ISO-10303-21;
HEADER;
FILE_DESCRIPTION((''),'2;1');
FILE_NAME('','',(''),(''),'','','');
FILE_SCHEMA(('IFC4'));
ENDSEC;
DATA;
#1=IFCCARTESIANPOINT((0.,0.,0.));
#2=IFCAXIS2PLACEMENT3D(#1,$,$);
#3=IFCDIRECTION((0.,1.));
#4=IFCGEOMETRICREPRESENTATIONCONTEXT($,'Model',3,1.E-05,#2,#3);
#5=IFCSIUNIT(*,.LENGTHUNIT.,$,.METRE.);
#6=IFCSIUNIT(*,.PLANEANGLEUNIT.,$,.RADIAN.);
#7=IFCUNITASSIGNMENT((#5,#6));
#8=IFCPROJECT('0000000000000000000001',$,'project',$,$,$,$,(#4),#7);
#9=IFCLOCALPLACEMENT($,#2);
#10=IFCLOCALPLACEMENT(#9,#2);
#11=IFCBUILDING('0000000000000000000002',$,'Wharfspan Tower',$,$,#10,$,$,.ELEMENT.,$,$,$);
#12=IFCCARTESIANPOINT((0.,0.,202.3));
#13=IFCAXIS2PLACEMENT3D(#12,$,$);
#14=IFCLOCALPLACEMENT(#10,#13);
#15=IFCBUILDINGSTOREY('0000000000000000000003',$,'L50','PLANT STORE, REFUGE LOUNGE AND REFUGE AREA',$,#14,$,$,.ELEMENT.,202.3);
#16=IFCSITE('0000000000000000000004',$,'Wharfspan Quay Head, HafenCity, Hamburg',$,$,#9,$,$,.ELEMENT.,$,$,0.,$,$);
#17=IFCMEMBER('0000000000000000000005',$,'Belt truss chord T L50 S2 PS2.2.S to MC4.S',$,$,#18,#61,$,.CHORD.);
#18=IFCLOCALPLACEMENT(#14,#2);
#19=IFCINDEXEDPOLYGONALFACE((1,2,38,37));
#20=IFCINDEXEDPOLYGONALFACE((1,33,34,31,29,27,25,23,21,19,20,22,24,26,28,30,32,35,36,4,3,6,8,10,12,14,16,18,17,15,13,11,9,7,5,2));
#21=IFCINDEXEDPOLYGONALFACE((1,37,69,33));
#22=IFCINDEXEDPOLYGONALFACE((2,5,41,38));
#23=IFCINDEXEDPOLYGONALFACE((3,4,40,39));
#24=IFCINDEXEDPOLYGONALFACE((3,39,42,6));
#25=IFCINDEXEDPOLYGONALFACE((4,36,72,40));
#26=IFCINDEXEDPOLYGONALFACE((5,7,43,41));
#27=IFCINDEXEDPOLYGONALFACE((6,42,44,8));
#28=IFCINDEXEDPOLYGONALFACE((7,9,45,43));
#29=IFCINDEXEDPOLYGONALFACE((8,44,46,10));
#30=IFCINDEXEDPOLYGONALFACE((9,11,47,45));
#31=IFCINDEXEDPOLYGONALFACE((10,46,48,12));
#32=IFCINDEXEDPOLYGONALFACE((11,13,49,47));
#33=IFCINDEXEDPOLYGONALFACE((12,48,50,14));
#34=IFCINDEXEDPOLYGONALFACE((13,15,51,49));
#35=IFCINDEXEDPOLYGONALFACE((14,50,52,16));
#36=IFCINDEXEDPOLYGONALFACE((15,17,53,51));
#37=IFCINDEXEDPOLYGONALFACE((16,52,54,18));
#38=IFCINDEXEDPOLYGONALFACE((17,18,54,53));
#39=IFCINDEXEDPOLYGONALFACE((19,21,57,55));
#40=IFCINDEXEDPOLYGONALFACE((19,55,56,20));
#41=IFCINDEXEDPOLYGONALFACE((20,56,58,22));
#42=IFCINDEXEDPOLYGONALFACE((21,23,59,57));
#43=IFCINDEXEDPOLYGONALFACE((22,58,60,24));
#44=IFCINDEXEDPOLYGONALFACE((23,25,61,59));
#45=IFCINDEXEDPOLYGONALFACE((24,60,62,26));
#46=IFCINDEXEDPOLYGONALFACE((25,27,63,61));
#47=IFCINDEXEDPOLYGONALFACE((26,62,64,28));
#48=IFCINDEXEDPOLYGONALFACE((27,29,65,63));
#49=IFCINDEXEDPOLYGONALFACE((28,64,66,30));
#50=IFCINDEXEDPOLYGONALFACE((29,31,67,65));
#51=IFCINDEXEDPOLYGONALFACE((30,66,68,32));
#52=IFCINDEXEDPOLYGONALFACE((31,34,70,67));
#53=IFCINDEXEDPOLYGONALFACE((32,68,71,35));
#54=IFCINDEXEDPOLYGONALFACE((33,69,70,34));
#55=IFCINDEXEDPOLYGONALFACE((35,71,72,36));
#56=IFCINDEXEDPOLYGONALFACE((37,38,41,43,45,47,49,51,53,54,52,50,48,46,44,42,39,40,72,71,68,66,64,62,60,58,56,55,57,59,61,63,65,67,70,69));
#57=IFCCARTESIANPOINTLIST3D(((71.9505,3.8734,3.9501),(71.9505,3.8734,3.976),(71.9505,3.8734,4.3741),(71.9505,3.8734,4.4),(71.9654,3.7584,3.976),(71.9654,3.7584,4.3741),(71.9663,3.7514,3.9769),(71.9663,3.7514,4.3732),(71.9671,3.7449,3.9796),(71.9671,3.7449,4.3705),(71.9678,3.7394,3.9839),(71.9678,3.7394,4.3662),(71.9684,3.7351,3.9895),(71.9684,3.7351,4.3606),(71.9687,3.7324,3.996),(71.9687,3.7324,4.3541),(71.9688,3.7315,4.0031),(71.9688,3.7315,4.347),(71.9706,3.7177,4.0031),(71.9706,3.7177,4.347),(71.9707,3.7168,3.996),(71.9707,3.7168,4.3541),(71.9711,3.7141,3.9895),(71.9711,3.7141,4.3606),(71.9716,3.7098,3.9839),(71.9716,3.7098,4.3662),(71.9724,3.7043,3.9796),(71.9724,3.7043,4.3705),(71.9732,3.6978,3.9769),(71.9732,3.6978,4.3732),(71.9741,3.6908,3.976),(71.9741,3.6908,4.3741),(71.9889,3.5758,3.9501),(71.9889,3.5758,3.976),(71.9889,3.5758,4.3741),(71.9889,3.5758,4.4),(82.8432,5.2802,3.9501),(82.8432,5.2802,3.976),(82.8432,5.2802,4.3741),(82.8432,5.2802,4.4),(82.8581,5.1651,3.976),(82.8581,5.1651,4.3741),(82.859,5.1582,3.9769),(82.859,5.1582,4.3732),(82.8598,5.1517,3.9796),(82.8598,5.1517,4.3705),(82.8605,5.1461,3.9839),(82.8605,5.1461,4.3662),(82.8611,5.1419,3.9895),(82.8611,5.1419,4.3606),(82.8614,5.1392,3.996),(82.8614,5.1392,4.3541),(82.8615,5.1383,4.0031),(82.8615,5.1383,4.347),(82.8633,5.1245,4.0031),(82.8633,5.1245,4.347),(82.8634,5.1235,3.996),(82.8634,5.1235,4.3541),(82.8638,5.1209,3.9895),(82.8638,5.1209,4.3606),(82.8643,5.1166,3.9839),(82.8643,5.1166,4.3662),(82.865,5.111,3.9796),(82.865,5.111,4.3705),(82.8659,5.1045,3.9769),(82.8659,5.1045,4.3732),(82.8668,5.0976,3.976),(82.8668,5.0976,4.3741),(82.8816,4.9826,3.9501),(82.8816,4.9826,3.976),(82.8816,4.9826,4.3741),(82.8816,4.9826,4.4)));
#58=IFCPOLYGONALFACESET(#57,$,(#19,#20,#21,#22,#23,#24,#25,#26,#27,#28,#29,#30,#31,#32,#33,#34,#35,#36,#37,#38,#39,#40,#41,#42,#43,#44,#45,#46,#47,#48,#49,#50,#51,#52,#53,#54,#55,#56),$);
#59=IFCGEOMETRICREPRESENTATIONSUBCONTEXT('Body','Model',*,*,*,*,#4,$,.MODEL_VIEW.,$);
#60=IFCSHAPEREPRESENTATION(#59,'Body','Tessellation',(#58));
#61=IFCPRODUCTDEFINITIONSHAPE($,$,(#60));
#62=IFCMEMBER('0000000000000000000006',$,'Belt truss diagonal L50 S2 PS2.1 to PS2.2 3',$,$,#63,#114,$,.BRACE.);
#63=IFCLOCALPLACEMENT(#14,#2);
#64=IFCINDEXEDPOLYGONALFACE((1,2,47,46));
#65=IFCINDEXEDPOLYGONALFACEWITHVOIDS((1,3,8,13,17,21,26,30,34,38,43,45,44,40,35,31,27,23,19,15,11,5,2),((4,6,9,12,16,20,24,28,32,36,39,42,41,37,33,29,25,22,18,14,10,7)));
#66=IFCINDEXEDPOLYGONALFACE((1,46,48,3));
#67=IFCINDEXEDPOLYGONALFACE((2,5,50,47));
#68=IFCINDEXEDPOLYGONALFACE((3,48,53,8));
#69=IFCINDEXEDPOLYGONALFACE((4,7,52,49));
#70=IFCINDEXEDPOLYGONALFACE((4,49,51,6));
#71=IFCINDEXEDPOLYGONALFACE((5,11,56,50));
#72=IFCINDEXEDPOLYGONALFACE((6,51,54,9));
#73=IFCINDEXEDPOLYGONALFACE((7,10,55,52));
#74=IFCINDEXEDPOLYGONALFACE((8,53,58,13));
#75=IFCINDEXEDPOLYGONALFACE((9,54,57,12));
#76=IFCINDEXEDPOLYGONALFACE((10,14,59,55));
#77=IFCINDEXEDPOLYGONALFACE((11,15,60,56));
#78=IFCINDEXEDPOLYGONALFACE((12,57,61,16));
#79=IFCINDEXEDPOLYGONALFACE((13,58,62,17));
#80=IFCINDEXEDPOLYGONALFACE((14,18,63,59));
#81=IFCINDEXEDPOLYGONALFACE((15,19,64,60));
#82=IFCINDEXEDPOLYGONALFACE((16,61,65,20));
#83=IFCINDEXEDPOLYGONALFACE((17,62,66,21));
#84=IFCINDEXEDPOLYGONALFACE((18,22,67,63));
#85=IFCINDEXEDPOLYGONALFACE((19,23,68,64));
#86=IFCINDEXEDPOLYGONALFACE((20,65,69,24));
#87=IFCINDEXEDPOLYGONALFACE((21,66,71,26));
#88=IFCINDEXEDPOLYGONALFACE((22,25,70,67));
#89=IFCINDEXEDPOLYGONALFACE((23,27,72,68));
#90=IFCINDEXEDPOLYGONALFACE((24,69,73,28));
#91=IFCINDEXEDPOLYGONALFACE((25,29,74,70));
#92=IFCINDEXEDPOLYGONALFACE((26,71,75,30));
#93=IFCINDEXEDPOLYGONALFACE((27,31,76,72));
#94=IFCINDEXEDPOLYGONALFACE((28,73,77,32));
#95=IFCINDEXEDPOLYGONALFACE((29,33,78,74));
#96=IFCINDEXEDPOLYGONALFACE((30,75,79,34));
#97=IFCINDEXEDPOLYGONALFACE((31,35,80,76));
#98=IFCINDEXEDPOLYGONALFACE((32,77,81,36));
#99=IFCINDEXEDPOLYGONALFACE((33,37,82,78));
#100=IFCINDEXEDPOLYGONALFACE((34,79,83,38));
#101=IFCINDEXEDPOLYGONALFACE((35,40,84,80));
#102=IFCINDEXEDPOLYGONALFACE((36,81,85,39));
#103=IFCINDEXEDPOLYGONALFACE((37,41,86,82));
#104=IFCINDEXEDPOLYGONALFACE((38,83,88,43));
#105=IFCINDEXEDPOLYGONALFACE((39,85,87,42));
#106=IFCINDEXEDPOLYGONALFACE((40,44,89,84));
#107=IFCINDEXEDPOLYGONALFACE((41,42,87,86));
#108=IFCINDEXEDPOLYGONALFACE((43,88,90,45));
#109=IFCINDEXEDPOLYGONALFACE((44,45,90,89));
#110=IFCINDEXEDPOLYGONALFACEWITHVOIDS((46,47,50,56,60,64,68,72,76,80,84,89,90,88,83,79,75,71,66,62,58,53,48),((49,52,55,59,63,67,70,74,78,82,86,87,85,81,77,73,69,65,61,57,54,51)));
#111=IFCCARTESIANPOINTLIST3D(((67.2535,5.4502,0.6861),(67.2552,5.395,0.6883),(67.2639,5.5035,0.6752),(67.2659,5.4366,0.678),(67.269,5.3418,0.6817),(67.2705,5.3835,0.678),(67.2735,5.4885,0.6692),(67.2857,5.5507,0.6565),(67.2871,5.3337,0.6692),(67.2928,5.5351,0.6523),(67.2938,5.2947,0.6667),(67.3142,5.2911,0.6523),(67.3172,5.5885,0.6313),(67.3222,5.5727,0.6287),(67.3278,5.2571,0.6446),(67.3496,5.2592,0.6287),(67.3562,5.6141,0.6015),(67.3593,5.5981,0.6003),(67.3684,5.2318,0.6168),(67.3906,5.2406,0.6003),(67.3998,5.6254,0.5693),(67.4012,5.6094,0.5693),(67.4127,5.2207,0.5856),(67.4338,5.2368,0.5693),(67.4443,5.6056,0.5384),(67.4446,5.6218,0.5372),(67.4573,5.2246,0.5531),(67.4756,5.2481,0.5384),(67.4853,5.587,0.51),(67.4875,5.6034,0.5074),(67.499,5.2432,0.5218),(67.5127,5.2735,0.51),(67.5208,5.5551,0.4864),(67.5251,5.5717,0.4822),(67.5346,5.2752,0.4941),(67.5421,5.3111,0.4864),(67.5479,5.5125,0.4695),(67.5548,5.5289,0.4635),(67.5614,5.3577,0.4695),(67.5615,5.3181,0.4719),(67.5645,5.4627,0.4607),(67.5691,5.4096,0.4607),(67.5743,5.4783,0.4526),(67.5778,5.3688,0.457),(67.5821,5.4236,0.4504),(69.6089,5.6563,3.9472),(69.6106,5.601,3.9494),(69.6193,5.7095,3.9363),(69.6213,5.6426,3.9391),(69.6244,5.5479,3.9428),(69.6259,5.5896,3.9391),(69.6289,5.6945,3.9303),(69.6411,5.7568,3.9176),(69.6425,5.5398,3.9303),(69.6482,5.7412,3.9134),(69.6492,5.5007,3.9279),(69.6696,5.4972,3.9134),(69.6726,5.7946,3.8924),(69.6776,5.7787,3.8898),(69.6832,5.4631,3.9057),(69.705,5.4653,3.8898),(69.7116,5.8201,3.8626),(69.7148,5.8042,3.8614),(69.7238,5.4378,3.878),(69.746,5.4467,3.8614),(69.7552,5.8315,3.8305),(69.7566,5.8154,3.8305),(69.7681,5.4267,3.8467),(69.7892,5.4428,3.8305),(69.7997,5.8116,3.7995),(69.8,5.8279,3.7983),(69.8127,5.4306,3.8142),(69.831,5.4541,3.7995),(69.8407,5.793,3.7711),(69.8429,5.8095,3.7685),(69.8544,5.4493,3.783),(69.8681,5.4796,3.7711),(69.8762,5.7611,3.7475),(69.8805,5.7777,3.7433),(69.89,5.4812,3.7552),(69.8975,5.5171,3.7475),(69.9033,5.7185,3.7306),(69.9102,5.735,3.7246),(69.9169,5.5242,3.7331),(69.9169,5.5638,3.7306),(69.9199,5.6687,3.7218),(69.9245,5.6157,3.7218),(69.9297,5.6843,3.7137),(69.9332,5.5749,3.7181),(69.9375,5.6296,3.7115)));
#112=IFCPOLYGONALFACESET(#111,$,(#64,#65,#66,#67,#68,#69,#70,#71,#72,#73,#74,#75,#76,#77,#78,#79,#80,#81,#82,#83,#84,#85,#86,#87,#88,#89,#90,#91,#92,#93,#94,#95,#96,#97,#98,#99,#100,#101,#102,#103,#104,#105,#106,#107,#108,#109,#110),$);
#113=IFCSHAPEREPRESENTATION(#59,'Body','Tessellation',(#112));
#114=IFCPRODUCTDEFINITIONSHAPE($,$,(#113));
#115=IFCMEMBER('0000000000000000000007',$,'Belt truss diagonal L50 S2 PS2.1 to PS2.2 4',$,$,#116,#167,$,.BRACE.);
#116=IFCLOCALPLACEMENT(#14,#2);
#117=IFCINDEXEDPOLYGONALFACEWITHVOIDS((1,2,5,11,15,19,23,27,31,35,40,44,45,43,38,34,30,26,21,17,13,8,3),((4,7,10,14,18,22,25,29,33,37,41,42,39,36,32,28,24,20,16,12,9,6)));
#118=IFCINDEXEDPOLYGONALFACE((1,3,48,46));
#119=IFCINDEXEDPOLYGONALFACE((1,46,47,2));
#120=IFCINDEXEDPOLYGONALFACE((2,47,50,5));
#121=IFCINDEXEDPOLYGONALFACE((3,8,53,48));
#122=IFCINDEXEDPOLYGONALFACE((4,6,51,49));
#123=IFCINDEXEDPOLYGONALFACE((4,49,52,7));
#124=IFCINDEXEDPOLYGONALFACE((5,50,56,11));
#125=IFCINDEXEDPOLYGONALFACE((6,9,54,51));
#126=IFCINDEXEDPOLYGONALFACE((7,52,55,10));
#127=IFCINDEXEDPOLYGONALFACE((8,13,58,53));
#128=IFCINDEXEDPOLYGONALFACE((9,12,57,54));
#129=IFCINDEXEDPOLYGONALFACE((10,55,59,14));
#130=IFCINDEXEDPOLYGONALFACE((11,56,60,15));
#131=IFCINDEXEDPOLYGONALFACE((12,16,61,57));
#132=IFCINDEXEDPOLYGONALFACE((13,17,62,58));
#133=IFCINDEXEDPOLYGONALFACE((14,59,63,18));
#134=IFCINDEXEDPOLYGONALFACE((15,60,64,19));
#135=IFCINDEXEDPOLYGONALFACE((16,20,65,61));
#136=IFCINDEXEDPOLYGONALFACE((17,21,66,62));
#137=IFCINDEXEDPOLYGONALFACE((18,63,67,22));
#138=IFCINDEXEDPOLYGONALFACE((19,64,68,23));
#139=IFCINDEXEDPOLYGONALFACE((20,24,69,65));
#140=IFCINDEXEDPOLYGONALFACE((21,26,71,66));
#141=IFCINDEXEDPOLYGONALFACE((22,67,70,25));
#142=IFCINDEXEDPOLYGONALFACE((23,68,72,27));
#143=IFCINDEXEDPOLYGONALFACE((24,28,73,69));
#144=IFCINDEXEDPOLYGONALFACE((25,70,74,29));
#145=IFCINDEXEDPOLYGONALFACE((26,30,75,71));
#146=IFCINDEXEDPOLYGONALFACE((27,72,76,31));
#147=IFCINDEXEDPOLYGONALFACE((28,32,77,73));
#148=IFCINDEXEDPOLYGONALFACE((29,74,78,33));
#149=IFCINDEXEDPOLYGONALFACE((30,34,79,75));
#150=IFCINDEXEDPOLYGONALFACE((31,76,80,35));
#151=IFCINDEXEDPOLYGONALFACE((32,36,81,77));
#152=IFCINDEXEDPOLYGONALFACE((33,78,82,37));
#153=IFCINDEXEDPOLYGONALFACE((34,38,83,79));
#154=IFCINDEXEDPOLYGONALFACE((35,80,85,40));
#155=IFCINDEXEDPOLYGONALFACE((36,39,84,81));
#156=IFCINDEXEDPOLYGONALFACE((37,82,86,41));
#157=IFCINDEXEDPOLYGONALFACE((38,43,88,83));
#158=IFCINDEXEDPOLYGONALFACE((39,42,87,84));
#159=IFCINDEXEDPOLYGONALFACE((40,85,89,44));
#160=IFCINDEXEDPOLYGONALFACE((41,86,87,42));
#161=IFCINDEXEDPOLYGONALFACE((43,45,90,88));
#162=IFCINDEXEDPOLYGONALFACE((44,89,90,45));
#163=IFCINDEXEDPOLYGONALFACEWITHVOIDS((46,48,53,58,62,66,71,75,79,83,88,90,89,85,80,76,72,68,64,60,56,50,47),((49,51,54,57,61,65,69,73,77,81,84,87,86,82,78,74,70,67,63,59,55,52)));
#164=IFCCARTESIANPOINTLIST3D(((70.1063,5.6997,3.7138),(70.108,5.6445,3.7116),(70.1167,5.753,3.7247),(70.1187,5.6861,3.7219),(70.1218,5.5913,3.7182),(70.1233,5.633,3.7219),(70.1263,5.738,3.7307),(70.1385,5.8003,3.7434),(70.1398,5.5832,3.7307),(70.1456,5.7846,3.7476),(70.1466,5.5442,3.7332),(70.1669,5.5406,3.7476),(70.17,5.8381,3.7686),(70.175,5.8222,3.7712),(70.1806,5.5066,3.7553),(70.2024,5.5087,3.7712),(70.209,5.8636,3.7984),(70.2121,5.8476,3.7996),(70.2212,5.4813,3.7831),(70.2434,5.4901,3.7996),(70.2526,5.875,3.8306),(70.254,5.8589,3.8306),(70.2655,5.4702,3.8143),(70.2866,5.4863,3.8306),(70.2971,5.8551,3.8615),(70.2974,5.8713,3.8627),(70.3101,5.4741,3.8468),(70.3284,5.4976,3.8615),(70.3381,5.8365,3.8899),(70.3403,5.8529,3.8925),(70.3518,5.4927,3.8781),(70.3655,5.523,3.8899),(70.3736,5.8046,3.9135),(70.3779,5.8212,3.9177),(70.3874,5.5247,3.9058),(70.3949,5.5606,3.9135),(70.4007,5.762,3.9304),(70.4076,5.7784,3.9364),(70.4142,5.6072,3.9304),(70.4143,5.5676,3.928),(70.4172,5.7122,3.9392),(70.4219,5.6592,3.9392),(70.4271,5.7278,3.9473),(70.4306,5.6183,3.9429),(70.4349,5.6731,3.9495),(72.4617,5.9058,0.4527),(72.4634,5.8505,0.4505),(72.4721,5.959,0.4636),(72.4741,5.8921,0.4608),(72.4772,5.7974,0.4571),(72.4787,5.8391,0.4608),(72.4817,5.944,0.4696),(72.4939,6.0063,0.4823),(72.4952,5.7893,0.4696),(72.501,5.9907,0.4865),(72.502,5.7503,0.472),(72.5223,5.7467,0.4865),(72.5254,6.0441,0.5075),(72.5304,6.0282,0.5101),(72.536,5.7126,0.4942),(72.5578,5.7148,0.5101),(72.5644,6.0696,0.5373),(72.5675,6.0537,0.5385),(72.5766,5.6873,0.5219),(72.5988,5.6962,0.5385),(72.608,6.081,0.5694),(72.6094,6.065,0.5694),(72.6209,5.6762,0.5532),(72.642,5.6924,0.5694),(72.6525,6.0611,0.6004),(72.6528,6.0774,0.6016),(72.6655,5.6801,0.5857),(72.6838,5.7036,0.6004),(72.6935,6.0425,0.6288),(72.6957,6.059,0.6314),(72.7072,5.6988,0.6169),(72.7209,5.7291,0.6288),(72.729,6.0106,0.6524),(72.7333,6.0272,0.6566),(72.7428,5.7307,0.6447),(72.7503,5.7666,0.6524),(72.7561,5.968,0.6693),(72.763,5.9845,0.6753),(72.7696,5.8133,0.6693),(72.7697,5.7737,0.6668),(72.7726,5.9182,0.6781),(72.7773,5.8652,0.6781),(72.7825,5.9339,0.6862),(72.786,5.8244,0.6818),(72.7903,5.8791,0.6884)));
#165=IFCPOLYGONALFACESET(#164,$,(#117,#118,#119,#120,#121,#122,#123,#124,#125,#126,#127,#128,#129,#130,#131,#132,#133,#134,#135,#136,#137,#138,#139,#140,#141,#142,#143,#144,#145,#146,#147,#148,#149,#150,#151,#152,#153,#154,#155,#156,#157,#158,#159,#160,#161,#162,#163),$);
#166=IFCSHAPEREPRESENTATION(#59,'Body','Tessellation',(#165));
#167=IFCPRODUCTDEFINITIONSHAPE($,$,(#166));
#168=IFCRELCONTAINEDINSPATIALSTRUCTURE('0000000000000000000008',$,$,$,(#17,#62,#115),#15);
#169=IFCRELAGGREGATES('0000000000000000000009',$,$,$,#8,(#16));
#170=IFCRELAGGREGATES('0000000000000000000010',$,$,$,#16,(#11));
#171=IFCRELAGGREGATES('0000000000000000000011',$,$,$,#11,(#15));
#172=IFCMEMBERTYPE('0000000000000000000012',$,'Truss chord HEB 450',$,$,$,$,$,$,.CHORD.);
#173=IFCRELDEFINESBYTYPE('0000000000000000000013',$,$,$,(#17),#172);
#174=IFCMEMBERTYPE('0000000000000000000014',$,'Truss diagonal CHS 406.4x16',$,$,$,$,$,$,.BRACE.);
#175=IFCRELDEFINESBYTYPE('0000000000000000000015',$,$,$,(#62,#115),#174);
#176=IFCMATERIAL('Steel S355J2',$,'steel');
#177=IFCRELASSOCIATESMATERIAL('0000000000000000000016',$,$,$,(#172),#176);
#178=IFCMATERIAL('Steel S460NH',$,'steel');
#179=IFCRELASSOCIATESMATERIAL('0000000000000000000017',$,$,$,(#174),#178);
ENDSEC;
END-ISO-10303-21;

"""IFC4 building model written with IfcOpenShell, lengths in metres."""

from ifc_helpers import new_model, si_unit, direction, frame, origin, origin_2d, place, context, subcontext, project, spatial, hollow_circle, i_section, extrude, material, material_profile, profile_set, type_object, element, save


model = new_model("IFC4")

# Units and contexts
model_context = context("Model", 3, precision=1e-05, world=origin(), true_north=direction((0.0, 1.0)))
body_context = subcontext(model_context, "Body", "Model", "MODEL_VIEW")
ifc_project = project(units=[si_unit("LENGTHUNIT", "METRE"), si_unit("PLANEANGLEUNIT", "RADIAN")], contexts=[model_context])

# Site, building, storey
site_placement = place(None, origin())
site = spatial("IfcSite", under=ifc_project, at=site_placement, Name="Wharfspan Quay Head, HafenCity, Hamburg", CompositionType="ELEMENT", RefElevation=0.0)
building_placement = place(site_placement, origin())
building = spatial("IfcBuilding", under=site, at=building_placement, Name="Wharfspan Tower", CompositionType="ELEMENT")
storey_placement = place(building_placement, frame((0.0, 0.0, 202.3)))
storey = spatial("IfcBuildingStorey", under=building, at=storey_placement, Name="L50", Description="PLANT STORE, REFUGE LOUNGE AND REFUGE AREA", CompositionType="ELEMENT", Elevation=202.3)

# Members
ifc_material_1 = material(Name="Steel S355J2", Category="steel")
ifc_material_2 = material(Name="Steel S460NH", Category="steel")
ifc_material_profile_1 = material_profile(ifc_material_1, i_section(OverallWidth=0.3, OverallDepth=0.45, WebThickness=0.0139, FlangeThickness=0.0259, FilletRadius=0.0271, at=origin_2d()))
ifc_profile_set_1 = profile_set([ifc_material_profile_1], Name="Steel S355J2")
member_type_1 = type_object("IfcMemberType", Name="Truss chord HEB 450", PredefinedType="CHORD", material=ifc_profile_set_1)
member_1_placement = place(storey_placement, frame((71.9697, 3.7246, 4.175), z_axis=(0.991763, 0.128083, 0.0), x_axis=(-0.128083, 0.991763, 0.0)))
element("IfcMember", 1, at=member_1_placement, inside=storey, type_object=member_type_1, Name="Belt truss chord T L50 S2 PS2.2.S to MC4.S", PredefinedType="CHORD", context=body_context, shape_type="SweptSolid", body=[
    extrude(i_section(OverallWidth=0.3, OverallDepth=0.45, WebThickness=0.0139, FlangeThickness=0.0259, FilletRadius=0.0271, at=origin_2d()), origin(), (0.0, 0.0, 1.0), 10.9832),
])
ifc_material_profile_2 = material_profile(ifc_material_2, hollow_circle(Radius=0.2031, WallThickness=0.0161, at=origin_2d()))
ifc_profile_set_2 = profile_set([ifc_material_profile_2], Name="Steel S460NH")
member_type_2 = type_object("IfcMemberType", Name="Truss diagonal CHS 406.4x16", PredefinedType="BRACE", material=ifc_profile_set_2)
for number, where, z_axis, x_axis, name in (
    (2, (67.4175, 5.4231, 0.5693), (0.584746, 0.051153, 0.809602), (-0.087142, 0.996195, -0.000003), "Belt truss diagonal L50 S2 PS2.1 to PS2.2 3"),
    (3, (70.2703, 5.6726, 3.8306), (0.584746, 0.051153, -0.809602), (-0.087142, 0.996195, 0.000003), "Belt truss diagonal L50 S2 PS2.1 to PS2.2 4"),
):
    element("IfcMember", number, at=place(storey_placement, frame(where, z_axis=z_axis, x_axis=x_axis)), inside=storey, type_object=member_type_2, Name=name, PredefinedType="BRACE", context=body_context, shape_type="SweptSolid", body=[
        extrude(hollow_circle(Radius=0.2031, WallThickness=0.0161, at=origin_2d()), origin(), (0.0, 0.0, 1.0), 4.0281),
    ])

save(model, "model.ifc")
